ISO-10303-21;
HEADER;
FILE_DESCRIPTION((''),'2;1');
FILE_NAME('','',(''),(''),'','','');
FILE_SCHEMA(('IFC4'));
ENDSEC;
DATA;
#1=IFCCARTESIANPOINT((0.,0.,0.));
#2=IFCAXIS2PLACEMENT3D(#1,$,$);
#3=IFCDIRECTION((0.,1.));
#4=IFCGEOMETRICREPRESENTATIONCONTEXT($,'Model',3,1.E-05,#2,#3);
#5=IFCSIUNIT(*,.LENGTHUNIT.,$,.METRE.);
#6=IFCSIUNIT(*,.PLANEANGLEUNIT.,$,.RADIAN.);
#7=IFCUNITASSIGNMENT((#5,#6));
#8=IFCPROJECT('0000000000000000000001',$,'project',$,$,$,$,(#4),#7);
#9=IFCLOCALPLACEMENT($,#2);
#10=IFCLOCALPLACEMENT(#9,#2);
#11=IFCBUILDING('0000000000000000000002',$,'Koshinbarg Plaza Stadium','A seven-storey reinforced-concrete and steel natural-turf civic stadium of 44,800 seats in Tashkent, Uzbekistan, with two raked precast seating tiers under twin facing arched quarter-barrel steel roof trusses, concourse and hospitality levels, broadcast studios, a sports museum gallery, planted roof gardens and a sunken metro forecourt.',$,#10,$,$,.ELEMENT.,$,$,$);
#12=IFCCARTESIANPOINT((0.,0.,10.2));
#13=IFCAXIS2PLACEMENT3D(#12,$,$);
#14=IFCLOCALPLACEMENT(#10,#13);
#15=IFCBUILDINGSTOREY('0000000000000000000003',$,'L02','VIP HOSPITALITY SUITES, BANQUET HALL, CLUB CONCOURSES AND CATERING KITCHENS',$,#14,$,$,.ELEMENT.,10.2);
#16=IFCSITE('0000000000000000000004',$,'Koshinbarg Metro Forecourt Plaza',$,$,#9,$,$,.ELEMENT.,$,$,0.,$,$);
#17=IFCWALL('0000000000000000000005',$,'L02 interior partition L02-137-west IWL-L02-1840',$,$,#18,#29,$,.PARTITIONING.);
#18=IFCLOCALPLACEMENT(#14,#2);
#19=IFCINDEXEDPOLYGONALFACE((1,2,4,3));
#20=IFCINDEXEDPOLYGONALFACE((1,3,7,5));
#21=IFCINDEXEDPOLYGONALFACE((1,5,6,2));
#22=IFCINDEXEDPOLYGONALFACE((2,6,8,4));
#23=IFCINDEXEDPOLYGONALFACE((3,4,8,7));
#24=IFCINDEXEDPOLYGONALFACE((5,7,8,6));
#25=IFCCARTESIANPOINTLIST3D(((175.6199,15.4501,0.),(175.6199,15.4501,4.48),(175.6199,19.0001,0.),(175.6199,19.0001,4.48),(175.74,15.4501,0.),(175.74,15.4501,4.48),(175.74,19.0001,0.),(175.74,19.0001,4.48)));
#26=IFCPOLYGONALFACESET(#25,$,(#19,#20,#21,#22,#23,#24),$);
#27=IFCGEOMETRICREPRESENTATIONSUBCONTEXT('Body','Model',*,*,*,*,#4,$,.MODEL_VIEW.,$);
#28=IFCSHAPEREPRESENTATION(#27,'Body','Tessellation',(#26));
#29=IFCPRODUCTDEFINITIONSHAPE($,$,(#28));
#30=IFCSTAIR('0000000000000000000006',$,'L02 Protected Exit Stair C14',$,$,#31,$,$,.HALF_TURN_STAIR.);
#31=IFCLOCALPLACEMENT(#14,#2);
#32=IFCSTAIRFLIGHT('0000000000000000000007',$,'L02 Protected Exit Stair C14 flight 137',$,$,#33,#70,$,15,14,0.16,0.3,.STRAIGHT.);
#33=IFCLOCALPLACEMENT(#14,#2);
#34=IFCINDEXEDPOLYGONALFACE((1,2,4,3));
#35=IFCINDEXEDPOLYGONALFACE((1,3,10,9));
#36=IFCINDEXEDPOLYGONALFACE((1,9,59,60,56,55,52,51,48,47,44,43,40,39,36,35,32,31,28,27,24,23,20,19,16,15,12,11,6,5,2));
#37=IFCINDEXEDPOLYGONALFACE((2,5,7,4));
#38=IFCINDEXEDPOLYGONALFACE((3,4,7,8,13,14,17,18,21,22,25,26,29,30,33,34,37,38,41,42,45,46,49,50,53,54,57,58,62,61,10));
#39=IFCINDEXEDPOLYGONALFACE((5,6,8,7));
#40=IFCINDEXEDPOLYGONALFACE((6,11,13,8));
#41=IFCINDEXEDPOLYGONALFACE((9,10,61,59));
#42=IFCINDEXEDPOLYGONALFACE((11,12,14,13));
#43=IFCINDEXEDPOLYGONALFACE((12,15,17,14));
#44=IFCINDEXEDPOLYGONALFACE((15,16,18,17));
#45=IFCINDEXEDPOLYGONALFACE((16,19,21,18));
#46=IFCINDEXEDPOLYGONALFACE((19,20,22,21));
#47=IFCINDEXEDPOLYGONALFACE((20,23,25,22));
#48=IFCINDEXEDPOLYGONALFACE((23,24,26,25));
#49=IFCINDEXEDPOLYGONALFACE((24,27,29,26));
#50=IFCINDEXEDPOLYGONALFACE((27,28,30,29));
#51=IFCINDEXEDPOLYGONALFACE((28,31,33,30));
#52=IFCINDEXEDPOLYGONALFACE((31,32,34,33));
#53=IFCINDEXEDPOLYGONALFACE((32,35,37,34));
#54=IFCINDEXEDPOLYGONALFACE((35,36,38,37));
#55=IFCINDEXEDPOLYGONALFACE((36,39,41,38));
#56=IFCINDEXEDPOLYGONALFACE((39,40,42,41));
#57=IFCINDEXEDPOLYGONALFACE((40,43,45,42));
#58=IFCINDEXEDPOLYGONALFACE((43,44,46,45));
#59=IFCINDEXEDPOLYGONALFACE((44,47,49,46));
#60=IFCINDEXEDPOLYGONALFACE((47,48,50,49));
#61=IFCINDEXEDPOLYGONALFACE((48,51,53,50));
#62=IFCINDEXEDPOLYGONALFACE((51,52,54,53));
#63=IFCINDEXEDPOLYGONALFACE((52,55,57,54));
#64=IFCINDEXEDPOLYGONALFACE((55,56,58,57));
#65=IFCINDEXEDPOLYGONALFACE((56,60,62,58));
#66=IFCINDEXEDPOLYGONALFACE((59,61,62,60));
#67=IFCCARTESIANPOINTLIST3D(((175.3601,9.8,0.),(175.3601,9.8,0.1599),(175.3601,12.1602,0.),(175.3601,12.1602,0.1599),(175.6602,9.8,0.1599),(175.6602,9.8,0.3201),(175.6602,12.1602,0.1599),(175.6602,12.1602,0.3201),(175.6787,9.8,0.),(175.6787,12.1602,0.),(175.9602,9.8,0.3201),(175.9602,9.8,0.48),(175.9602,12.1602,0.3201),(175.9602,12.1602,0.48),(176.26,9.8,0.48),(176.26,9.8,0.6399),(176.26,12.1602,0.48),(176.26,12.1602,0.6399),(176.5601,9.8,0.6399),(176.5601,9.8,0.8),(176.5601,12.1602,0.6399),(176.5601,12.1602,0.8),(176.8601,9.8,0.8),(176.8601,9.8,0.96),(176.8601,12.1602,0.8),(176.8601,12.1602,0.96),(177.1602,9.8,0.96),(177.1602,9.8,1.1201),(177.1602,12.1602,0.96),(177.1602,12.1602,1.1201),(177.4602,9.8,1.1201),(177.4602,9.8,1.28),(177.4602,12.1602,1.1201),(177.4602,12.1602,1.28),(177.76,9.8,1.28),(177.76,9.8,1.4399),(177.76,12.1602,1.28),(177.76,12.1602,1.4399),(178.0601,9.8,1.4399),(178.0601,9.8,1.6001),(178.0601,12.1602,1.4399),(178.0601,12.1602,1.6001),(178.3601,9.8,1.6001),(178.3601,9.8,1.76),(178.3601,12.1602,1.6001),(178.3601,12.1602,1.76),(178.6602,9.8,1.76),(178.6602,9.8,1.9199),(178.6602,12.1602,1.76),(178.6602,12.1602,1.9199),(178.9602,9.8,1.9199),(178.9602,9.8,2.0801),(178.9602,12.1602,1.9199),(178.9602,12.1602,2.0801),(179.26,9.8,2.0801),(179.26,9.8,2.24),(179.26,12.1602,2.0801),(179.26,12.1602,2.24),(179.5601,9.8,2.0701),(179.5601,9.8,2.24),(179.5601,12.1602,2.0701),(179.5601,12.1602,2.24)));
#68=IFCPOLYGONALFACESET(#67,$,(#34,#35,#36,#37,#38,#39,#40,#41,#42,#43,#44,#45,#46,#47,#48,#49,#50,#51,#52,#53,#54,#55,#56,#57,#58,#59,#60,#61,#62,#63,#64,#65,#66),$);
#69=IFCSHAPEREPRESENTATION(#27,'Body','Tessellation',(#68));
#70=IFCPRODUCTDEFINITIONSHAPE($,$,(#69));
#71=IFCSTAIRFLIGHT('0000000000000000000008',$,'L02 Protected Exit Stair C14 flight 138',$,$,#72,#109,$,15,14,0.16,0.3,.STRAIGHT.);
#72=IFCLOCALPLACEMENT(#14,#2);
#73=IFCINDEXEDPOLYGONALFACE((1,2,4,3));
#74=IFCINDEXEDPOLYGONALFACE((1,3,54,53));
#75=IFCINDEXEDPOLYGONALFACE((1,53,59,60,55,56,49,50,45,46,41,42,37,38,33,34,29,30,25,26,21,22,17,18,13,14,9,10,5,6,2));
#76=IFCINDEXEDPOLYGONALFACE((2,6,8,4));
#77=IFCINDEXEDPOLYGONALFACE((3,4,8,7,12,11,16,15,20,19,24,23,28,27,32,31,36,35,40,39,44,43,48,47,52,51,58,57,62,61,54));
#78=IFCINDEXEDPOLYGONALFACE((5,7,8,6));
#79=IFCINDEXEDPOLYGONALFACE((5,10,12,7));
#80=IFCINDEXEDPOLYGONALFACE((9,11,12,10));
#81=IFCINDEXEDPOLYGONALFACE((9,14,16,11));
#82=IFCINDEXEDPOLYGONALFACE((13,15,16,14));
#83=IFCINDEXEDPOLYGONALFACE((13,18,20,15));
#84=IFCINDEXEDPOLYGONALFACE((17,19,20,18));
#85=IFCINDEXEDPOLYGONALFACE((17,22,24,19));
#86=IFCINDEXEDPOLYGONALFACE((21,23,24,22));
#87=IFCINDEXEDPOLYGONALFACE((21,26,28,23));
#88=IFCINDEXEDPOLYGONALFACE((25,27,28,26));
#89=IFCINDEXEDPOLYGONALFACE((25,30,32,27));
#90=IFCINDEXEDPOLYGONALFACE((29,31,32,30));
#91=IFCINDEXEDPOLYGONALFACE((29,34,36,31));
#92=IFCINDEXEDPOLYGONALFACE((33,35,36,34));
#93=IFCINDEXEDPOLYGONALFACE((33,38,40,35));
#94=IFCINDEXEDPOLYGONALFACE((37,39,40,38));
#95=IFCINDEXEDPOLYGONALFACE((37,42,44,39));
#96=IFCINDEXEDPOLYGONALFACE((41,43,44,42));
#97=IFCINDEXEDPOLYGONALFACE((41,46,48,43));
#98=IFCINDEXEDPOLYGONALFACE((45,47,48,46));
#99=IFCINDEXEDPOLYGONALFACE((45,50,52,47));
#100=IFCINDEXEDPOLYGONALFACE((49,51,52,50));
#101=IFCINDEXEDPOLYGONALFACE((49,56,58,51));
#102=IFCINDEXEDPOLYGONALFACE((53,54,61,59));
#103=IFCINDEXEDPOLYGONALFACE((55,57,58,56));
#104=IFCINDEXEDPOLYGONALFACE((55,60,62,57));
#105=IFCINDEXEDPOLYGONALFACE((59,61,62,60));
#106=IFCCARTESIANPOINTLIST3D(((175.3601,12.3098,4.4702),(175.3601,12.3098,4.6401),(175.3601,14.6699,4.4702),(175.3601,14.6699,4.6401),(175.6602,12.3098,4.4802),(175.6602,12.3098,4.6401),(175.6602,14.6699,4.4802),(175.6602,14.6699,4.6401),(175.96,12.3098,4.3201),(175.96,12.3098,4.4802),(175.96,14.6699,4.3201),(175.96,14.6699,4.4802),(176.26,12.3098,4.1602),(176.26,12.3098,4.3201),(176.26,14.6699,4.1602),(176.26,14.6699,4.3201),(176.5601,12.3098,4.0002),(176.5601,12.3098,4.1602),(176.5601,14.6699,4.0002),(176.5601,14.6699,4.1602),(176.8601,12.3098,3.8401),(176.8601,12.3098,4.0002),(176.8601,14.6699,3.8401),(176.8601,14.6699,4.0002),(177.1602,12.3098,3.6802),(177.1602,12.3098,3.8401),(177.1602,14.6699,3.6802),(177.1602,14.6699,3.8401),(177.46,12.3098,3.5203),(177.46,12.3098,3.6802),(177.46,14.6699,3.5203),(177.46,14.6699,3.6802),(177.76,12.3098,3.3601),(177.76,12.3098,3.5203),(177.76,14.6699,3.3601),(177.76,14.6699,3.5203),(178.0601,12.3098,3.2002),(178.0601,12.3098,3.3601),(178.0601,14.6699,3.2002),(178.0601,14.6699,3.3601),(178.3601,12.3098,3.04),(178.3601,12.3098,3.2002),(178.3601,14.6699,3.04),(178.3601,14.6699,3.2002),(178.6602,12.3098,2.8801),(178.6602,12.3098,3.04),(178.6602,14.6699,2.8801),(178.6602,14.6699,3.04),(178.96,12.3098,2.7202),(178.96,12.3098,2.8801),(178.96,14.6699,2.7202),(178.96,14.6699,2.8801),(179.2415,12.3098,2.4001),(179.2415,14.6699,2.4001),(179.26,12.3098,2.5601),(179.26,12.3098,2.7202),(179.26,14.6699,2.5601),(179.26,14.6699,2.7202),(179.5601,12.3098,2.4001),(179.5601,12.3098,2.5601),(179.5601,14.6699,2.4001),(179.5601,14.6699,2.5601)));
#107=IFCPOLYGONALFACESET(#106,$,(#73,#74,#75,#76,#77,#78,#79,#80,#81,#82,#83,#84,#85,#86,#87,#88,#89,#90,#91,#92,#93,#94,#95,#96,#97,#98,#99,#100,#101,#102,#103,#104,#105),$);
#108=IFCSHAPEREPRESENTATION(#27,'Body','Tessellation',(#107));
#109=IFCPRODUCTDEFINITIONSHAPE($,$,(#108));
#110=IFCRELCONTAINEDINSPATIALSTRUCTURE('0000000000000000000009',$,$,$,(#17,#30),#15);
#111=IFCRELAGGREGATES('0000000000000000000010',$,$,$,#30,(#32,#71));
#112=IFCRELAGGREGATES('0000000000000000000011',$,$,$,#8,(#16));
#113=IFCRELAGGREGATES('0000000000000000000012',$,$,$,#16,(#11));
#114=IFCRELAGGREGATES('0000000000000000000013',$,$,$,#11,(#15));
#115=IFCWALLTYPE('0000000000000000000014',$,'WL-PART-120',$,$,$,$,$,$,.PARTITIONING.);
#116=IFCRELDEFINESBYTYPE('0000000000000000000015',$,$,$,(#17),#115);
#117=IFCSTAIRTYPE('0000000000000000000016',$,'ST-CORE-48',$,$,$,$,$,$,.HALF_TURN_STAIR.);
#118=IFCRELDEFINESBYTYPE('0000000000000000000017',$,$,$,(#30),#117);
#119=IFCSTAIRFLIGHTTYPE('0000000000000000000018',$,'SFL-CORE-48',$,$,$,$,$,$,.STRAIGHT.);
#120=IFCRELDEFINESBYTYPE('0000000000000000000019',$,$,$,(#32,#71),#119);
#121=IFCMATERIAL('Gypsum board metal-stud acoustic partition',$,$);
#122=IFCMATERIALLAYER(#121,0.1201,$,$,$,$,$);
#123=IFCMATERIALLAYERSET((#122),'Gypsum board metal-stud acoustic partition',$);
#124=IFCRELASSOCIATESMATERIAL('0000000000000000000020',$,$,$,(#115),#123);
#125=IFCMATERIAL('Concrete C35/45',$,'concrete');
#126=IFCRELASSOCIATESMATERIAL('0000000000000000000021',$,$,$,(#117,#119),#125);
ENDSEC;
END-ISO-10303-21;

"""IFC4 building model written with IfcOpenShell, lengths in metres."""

from ifc_helpers import new_model, si_unit, direction, frame, frame_2d, origin, place, context, subcontext, project, spatial, polyline, rectangle, outline, extrude, material, layer, layer_set, type_object, element, aggregate, save


model = new_model("IFC4")

# Units and contexts
model_context = context("Model", 3, precision=1e-05, world=origin(), true_north=direction((0.0, 1.0)))
body_context = subcontext(model_context, "Body", "Model", "MODEL_VIEW")
ifc_project = project(units=[si_unit("LENGTHUNIT", "METRE"), si_unit("PLANEANGLEUNIT", "RADIAN")], contexts=[model_context])

# Site, building, storey
site_placement = place(None, origin())
site = spatial("IfcSite", under=ifc_project, at=site_placement, Name="Koshinbarg Metro Forecourt Plaza", CompositionType="ELEMENT", RefElevation=0.0)
building_placement = place(site_placement, origin())
building = spatial("IfcBuilding", under=site, at=building_placement, Name="Koshinbarg Plaza Stadium", Description="A seven-storey reinforced-concrete and steel natural-turf civic stadium of 44,800 seats in Tashkent, Uzbekistan, with two raked precast seating tiers under twin facing arched quarter-barrel steel roof trusses, concourse and hospitality levels, broadcast studios, a sports museum gallery, planted roof gardens and a sunken metro forecourt.", CompositionType="ELEMENT")
storey_placement = place(building_placement, frame((0.0, 0.0, 10.2)))
storey = spatial("IfcBuildingStorey", under=building, at=storey_placement, Name="L02", Description="VIP HOSPITALITY SUITES, BANQUET HALL, CLUB CONCOURSES AND CATERING KITCHENS", CompositionType="ELEMENT", Elevation=10.2)

# Shared definitions
ifc_material_1 = material(Name="Gypsum board metal-stud acoustic partition")
ifc_layer_1 = layer(ifc_material_1, 0.1201)
ifc_layer_set_1 = layer_set([ifc_layer_1], Name="Gypsum board metal-stud acoustic partition")
wall_type_1 = type_object("IfcWallType", Name="WL-PART-120", PredefinedType="PARTITIONING", material=ifc_layer_set_1)

# Wall
wall_1_placement = place(storey_placement, frame((175.6799, 19.0, 0.0), z_axis=(0.0, 0.0, 1.0), x_axis=(0.0, -1.0, 0.0)))
element("IfcWall", 1, at=wall_1_placement, inside=storey, type_object=wall_type_1, Name="L02 interior partition L02-137-west IWL-L02-1840", PredefinedType="PARTITIONING", context=body_context, shape_type="SweptSolid", body=[
    extrude(rectangle(XDim=3.55, YDim=0.1201, at=frame_2d((1.7749, 0.0))), origin(), (0.0, 0.0, 1.0), 4.48),
])

# Stair, stair flights
ifc_material_2 = material(Name="Concrete C35/45", Category="concrete")
stair_type = type_object("IfcStairType", Name="ST-CORE-48", PredefinedType="HALF_TURN_STAIR", material=ifc_material_2)
stair_placement = place(storey_placement, origin())
stair = element("IfcStair", 2, at=stair_placement, inside=storey, type_object=stair_type, Name="L02 Protected Exit Stair C14", PredefinedType="HALF_TURN_STAIR")
stair_flight_type = type_object("IfcStairFlightType", Name="SFL-CORE-48", PredefinedType="STRAIGHT", material=ifc_material_2)
stair_flight_1_placement = place(storey_placement, frame((175.3601, 10.98, 0.0), z_axis=(0.0, 0.0, 1.0), x_axis=(1.0, 0.0, 0.0)))
stair_flight_1 = element("IfcStairFlight", 3, at=stair_flight_1_placement, type_object=stair_flight_type, Name="L02 Protected Exit Stair C14 flight 137", NumberOfRisers=15, NumberOfTreads=14, PredefinedType="STRAIGHT", RiserHeight=0.16, TreadLength=0.3, context=body_context, shape_type="SweptSolid", body=[
    extrude(outline(polyline([(0.0, 0.0), (0.0, 0.1599), (0.3, 0.1599), (0.3, 0.3201), (0.6001, 0.3201), (0.6001, 0.48), (0.8999, 0.48), (0.8999, 0.6399), (1.2, 0.6399), (1.2, 0.8), (1.5, 0.8), (1.5, 0.96), (1.8, 0.96), (1.8, 1.1201), (2.1001, 1.1201), (2.1001, 1.28), (2.3999, 1.28), (2.3999, 1.4399), (2.7, 1.4399), (2.7, 1.6001), (3.0, 1.6001), (3.0, 1.76), (3.3, 1.76), (3.3, 1.9199), (3.6001, 1.9199), (3.6001, 2.0801), (3.8999, 2.0801), (3.8999, 2.24), (4.2, 2.24), (4.2, 2.3999), (4.2, 2.0701), (0.3186, 0.0), (0.0, 0.0)])), frame((0.0, 1.1802, 0.0), z_axis=(0.0, -1.0, 0.0), x_axis=(1.0, 0.0, 0.0)), (0.0, 0.0, 1.0), 2.3601),
])
stair_flight_2_placement = place(storey_placement, frame((179.5601, 13.49, 2.4001), z_axis=(0.0, 0.0, 1.0), x_axis=(-1.0, 0.0, 0.0)))
stair_flight_2 = element("IfcStairFlight", 4, at=stair_flight_2_placement, type_object=stair_flight_type, Name="L02 Protected Exit Stair C14 flight 138", NumberOfRisers=15, NumberOfTreads=14, PredefinedType="STRAIGHT", RiserHeight=0.16, TreadLength=0.3, context=body_context, shape_type="SweptSolid", body=[
    extrude(outline(polyline([(0.0, 0.0), (0.0, 0.1599), (0.3, 0.1599), (0.3, 0.3201), (0.6001, 0.3201), (0.6001, 0.48), (0.8999, 0.48), (0.8999, 0.6399), (1.2, 0.6399), (1.2, 0.8), (1.5, 0.8), (1.5, 0.96), (1.8, 0.96), (1.8, 1.1201), (2.1001, 1.1201), (2.1001, 1.28), (2.3999, 1.28), (2.3999, 1.4399), (2.7, 1.4399), (2.7, 1.6001), (3.0, 1.6001), (3.0, 1.76), (3.3, 1.76), (3.3, 1.9199), (3.6001, 1.9199), (3.6001, 2.0801), (3.8999, 2.0801), (3.8999, 2.24), (4.2, 2.24), (4.2, 2.3999), (4.2, 2.0701), (0.3186, 0.0), (0.0, 0.0)])), frame((0.0, 1.1802, 0.0), z_axis=(0.0, -1.0, 0.0), x_axis=(1.0, 0.0, 0.0)), (0.0, 0.0, 1.0), 2.3601),
])
aggregate(stair, [stair_flight_1, stair_flight_2])

save(model, "model.ifc")
